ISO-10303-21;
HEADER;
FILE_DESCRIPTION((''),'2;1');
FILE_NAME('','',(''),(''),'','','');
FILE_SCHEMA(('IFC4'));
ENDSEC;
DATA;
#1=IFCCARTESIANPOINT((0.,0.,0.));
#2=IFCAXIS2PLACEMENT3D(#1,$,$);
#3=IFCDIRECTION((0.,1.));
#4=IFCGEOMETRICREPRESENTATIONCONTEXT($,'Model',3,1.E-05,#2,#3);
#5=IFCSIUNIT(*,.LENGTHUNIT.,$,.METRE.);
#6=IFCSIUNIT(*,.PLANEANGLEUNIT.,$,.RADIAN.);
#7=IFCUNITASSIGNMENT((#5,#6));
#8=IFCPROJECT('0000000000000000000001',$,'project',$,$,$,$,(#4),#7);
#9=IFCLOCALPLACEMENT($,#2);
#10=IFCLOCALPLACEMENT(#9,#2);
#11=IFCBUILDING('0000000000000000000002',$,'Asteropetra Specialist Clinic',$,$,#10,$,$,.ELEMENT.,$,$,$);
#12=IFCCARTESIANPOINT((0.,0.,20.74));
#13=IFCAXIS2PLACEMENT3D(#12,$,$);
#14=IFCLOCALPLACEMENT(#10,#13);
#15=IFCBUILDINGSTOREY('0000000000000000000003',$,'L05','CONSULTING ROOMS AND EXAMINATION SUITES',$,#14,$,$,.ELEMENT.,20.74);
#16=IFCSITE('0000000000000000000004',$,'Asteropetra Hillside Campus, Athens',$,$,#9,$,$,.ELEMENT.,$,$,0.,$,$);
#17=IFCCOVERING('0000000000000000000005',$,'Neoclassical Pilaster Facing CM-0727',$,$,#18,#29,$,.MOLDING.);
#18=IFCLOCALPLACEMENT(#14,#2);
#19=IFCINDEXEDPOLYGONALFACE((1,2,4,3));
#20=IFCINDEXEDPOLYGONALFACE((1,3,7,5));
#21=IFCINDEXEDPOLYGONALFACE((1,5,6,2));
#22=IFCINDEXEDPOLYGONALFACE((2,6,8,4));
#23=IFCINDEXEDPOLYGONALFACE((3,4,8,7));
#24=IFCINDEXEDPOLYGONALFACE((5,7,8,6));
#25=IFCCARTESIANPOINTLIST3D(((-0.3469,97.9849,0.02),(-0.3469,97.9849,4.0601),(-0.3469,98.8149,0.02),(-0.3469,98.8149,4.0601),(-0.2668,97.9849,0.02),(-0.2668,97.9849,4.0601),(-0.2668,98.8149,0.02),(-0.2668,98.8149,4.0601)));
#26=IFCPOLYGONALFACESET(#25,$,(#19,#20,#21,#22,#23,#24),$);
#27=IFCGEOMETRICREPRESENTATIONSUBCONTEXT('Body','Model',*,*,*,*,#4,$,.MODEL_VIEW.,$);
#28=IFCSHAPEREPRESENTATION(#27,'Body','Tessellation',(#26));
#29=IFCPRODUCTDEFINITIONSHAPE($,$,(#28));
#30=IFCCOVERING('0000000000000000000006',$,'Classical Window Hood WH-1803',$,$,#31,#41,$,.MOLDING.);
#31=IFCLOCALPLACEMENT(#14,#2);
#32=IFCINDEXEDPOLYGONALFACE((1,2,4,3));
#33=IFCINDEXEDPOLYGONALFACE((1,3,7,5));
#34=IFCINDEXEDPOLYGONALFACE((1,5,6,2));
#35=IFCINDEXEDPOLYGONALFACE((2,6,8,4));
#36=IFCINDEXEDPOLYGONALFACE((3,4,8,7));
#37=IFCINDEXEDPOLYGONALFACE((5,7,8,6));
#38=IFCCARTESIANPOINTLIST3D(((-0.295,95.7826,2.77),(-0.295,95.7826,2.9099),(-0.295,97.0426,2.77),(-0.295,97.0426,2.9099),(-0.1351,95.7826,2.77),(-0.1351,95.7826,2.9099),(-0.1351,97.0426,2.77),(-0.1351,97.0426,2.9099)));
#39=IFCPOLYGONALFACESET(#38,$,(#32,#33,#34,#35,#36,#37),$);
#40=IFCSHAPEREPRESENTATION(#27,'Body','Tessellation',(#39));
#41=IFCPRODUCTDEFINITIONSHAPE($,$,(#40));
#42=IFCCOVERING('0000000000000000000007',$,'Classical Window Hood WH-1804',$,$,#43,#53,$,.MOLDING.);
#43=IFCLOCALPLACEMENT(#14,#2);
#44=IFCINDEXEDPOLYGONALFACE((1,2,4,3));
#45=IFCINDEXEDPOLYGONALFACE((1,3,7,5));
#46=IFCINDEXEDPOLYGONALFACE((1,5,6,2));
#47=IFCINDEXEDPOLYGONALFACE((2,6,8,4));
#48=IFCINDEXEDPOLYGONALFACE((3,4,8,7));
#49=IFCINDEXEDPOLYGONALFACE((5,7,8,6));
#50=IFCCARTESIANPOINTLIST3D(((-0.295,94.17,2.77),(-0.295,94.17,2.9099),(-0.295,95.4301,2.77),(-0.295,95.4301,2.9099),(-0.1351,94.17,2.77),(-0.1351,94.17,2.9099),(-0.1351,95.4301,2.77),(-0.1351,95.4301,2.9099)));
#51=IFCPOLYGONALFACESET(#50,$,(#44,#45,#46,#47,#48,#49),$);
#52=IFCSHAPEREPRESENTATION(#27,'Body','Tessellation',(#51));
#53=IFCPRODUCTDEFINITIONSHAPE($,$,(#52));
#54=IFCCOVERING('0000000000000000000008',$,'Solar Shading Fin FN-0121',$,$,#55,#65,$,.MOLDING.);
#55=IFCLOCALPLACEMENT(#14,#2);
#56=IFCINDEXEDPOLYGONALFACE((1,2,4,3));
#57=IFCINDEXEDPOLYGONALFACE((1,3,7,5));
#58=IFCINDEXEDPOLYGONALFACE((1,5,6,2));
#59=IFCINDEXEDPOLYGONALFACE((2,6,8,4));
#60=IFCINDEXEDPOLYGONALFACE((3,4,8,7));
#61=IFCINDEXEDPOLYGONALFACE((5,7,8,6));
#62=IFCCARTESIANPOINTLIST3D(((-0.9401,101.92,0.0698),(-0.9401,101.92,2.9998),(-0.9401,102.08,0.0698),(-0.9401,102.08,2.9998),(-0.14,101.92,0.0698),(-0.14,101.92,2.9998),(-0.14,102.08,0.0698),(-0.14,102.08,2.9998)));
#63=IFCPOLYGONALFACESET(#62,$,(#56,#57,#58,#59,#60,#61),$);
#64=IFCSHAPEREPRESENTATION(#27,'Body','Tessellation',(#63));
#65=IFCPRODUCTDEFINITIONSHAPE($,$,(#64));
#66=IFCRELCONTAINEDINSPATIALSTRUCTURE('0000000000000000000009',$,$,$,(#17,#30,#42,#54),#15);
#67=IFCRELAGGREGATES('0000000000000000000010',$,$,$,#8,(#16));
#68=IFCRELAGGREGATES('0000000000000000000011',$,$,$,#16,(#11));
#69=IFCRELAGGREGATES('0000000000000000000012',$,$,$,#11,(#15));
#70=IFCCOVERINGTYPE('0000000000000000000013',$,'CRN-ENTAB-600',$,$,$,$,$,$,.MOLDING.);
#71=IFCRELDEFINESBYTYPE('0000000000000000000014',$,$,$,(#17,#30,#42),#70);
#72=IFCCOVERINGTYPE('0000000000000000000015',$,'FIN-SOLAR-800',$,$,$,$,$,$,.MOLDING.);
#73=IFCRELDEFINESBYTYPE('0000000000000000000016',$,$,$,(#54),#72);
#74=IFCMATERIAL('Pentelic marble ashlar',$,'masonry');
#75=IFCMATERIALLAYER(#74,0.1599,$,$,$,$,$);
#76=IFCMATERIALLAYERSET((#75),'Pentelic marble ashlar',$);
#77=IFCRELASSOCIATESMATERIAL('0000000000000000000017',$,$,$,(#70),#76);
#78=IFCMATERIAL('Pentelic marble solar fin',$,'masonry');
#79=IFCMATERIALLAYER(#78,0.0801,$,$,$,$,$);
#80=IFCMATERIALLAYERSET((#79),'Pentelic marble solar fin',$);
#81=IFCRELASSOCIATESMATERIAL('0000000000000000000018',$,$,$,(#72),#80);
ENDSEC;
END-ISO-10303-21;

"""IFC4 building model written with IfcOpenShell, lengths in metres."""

from ifc_helpers import new_model, si_unit, direction, frame, origin, origin_2d, place, context, subcontext, project, spatial, rectangle, extrude, material, layer, layer_set, type_object, element, save


model = new_model("IFC4")

# Units and contexts
model_context = context("Model", 3, precision=1e-05, world=origin(), true_north=direction((0.0, 1.0)))
body_context = subcontext(model_context, "Body", "Model", "MODEL_VIEW")
ifc_project = project(units=[si_unit("LENGTHUNIT", "METRE"), si_unit("PLANEANGLEUNIT", "RADIAN")], contexts=[model_context])

# Site, building, storey
site_placement = place(None, origin())
site = spatial("IfcSite", under=ifc_project, at=site_placement, Name="Asteropetra Hillside Campus, Athens", CompositionType="ELEMENT", RefElevation=0.0)
building_placement = place(site_placement, origin())
building = spatial("IfcBuilding", under=site, at=building_placement, Name="Asteropetra Specialist Clinic", CompositionType="ELEMENT")
storey_placement = place(building_placement, frame((0.0, 0.0, 20.74)))
storey = spatial("IfcBuildingStorey", under=building, at=storey_placement, Name="L05", Description="CONSULTING ROOMS AND EXAMINATION SUITES", CompositionType="ELEMENT", Elevation=20.74)

# Coverings
ifc_material_1 = material(Name="Pentelic marble ashlar", Category="masonry")
ifc_layer_1 = layer(ifc_material_1, 0.1599)
ifc_layer_set_1 = layer_set([ifc_layer_1], Name="Pentelic marble ashlar")
covering_type_1 = type_object("IfcCoveringType", Name="CRN-ENTAB-600", PredefinedType="MOLDING", material=ifc_layer_set_1)
covering_1_placement = place(storey_placement, frame((-0.3069, 98.3999, 0.02), z_axis=(0.0, 0.0, 1.0), x_axis=(1.0, 0.0, 0.0)))
element("IfcCovering", 1, at=covering_1_placement, inside=storey, type_object=covering_type_1, Name="Neoclassical Pilaster Facing CM-0727", PredefinedType="MOLDING", context=body_context, shape_type="SweptSolid", body=[
    extrude(rectangle(XDim=0.0801, YDim=0.8301, at=origin_2d()), origin(), (0.0, 0.0, 1.0), 4.04),
])
for number, where, z_axis, x_axis, name in (
    (2, (-0.2151, 96.4126, 2.77), (0.0, 0.0, 1.0), (1.0, 0.0, 0.0), "Classical Window Hood WH-1803"),
    (3, (-0.2151, 94.8, 2.77), (0.0, 0.0, 1.0), (1.0, 0.0, 0.0), "Classical Window Hood WH-1804"),
):
    element("IfcCovering", number, at=place(storey_placement, frame(where, z_axis=z_axis, x_axis=x_axis)), inside=storey, type_object=covering_type_1, Name=name, PredefinedType="MOLDING", context=body_context, shape_type="SweptSolid", body=[
        extrude(rectangle(XDim=0.1599, YDim=1.26, at=origin_2d()), origin(), (0.0, 0.0, 1.0), 0.1399),
    ])
ifc_material_2 = material(Name="Pentelic marble solar fin", Category="masonry")
ifc_layer_2 = layer(ifc_material_2, 0.0801)
ifc_layer_set_2 = layer_set([ifc_layer_2], Name="Pentelic marble solar fin")
covering_type_2 = type_object("IfcCoveringType", Name="FIN-SOLAR-800", PredefinedType="MOLDING", material=ifc_layer_set_2)
covering_2_placement = place(storey_placement, frame((-0.54, 102.0, 0.0698), z_axis=(0.0, 0.0, 1.0), x_axis=(1.0, 0.0, 0.0)))
element("IfcCovering", 4, at=covering_2_placement, inside=storey, type_object=covering_type_2, Name="Solar Shading Fin FN-0121", PredefinedType="MOLDING", context=body_context, shape_type="SweptSolid", body=[
    extrude(rectangle(XDim=0.8, YDim=0.1599, at=origin_2d()), origin(), (0.0, 0.0, 1.0), 2.9299),
])

save(model, "model.ifc")
